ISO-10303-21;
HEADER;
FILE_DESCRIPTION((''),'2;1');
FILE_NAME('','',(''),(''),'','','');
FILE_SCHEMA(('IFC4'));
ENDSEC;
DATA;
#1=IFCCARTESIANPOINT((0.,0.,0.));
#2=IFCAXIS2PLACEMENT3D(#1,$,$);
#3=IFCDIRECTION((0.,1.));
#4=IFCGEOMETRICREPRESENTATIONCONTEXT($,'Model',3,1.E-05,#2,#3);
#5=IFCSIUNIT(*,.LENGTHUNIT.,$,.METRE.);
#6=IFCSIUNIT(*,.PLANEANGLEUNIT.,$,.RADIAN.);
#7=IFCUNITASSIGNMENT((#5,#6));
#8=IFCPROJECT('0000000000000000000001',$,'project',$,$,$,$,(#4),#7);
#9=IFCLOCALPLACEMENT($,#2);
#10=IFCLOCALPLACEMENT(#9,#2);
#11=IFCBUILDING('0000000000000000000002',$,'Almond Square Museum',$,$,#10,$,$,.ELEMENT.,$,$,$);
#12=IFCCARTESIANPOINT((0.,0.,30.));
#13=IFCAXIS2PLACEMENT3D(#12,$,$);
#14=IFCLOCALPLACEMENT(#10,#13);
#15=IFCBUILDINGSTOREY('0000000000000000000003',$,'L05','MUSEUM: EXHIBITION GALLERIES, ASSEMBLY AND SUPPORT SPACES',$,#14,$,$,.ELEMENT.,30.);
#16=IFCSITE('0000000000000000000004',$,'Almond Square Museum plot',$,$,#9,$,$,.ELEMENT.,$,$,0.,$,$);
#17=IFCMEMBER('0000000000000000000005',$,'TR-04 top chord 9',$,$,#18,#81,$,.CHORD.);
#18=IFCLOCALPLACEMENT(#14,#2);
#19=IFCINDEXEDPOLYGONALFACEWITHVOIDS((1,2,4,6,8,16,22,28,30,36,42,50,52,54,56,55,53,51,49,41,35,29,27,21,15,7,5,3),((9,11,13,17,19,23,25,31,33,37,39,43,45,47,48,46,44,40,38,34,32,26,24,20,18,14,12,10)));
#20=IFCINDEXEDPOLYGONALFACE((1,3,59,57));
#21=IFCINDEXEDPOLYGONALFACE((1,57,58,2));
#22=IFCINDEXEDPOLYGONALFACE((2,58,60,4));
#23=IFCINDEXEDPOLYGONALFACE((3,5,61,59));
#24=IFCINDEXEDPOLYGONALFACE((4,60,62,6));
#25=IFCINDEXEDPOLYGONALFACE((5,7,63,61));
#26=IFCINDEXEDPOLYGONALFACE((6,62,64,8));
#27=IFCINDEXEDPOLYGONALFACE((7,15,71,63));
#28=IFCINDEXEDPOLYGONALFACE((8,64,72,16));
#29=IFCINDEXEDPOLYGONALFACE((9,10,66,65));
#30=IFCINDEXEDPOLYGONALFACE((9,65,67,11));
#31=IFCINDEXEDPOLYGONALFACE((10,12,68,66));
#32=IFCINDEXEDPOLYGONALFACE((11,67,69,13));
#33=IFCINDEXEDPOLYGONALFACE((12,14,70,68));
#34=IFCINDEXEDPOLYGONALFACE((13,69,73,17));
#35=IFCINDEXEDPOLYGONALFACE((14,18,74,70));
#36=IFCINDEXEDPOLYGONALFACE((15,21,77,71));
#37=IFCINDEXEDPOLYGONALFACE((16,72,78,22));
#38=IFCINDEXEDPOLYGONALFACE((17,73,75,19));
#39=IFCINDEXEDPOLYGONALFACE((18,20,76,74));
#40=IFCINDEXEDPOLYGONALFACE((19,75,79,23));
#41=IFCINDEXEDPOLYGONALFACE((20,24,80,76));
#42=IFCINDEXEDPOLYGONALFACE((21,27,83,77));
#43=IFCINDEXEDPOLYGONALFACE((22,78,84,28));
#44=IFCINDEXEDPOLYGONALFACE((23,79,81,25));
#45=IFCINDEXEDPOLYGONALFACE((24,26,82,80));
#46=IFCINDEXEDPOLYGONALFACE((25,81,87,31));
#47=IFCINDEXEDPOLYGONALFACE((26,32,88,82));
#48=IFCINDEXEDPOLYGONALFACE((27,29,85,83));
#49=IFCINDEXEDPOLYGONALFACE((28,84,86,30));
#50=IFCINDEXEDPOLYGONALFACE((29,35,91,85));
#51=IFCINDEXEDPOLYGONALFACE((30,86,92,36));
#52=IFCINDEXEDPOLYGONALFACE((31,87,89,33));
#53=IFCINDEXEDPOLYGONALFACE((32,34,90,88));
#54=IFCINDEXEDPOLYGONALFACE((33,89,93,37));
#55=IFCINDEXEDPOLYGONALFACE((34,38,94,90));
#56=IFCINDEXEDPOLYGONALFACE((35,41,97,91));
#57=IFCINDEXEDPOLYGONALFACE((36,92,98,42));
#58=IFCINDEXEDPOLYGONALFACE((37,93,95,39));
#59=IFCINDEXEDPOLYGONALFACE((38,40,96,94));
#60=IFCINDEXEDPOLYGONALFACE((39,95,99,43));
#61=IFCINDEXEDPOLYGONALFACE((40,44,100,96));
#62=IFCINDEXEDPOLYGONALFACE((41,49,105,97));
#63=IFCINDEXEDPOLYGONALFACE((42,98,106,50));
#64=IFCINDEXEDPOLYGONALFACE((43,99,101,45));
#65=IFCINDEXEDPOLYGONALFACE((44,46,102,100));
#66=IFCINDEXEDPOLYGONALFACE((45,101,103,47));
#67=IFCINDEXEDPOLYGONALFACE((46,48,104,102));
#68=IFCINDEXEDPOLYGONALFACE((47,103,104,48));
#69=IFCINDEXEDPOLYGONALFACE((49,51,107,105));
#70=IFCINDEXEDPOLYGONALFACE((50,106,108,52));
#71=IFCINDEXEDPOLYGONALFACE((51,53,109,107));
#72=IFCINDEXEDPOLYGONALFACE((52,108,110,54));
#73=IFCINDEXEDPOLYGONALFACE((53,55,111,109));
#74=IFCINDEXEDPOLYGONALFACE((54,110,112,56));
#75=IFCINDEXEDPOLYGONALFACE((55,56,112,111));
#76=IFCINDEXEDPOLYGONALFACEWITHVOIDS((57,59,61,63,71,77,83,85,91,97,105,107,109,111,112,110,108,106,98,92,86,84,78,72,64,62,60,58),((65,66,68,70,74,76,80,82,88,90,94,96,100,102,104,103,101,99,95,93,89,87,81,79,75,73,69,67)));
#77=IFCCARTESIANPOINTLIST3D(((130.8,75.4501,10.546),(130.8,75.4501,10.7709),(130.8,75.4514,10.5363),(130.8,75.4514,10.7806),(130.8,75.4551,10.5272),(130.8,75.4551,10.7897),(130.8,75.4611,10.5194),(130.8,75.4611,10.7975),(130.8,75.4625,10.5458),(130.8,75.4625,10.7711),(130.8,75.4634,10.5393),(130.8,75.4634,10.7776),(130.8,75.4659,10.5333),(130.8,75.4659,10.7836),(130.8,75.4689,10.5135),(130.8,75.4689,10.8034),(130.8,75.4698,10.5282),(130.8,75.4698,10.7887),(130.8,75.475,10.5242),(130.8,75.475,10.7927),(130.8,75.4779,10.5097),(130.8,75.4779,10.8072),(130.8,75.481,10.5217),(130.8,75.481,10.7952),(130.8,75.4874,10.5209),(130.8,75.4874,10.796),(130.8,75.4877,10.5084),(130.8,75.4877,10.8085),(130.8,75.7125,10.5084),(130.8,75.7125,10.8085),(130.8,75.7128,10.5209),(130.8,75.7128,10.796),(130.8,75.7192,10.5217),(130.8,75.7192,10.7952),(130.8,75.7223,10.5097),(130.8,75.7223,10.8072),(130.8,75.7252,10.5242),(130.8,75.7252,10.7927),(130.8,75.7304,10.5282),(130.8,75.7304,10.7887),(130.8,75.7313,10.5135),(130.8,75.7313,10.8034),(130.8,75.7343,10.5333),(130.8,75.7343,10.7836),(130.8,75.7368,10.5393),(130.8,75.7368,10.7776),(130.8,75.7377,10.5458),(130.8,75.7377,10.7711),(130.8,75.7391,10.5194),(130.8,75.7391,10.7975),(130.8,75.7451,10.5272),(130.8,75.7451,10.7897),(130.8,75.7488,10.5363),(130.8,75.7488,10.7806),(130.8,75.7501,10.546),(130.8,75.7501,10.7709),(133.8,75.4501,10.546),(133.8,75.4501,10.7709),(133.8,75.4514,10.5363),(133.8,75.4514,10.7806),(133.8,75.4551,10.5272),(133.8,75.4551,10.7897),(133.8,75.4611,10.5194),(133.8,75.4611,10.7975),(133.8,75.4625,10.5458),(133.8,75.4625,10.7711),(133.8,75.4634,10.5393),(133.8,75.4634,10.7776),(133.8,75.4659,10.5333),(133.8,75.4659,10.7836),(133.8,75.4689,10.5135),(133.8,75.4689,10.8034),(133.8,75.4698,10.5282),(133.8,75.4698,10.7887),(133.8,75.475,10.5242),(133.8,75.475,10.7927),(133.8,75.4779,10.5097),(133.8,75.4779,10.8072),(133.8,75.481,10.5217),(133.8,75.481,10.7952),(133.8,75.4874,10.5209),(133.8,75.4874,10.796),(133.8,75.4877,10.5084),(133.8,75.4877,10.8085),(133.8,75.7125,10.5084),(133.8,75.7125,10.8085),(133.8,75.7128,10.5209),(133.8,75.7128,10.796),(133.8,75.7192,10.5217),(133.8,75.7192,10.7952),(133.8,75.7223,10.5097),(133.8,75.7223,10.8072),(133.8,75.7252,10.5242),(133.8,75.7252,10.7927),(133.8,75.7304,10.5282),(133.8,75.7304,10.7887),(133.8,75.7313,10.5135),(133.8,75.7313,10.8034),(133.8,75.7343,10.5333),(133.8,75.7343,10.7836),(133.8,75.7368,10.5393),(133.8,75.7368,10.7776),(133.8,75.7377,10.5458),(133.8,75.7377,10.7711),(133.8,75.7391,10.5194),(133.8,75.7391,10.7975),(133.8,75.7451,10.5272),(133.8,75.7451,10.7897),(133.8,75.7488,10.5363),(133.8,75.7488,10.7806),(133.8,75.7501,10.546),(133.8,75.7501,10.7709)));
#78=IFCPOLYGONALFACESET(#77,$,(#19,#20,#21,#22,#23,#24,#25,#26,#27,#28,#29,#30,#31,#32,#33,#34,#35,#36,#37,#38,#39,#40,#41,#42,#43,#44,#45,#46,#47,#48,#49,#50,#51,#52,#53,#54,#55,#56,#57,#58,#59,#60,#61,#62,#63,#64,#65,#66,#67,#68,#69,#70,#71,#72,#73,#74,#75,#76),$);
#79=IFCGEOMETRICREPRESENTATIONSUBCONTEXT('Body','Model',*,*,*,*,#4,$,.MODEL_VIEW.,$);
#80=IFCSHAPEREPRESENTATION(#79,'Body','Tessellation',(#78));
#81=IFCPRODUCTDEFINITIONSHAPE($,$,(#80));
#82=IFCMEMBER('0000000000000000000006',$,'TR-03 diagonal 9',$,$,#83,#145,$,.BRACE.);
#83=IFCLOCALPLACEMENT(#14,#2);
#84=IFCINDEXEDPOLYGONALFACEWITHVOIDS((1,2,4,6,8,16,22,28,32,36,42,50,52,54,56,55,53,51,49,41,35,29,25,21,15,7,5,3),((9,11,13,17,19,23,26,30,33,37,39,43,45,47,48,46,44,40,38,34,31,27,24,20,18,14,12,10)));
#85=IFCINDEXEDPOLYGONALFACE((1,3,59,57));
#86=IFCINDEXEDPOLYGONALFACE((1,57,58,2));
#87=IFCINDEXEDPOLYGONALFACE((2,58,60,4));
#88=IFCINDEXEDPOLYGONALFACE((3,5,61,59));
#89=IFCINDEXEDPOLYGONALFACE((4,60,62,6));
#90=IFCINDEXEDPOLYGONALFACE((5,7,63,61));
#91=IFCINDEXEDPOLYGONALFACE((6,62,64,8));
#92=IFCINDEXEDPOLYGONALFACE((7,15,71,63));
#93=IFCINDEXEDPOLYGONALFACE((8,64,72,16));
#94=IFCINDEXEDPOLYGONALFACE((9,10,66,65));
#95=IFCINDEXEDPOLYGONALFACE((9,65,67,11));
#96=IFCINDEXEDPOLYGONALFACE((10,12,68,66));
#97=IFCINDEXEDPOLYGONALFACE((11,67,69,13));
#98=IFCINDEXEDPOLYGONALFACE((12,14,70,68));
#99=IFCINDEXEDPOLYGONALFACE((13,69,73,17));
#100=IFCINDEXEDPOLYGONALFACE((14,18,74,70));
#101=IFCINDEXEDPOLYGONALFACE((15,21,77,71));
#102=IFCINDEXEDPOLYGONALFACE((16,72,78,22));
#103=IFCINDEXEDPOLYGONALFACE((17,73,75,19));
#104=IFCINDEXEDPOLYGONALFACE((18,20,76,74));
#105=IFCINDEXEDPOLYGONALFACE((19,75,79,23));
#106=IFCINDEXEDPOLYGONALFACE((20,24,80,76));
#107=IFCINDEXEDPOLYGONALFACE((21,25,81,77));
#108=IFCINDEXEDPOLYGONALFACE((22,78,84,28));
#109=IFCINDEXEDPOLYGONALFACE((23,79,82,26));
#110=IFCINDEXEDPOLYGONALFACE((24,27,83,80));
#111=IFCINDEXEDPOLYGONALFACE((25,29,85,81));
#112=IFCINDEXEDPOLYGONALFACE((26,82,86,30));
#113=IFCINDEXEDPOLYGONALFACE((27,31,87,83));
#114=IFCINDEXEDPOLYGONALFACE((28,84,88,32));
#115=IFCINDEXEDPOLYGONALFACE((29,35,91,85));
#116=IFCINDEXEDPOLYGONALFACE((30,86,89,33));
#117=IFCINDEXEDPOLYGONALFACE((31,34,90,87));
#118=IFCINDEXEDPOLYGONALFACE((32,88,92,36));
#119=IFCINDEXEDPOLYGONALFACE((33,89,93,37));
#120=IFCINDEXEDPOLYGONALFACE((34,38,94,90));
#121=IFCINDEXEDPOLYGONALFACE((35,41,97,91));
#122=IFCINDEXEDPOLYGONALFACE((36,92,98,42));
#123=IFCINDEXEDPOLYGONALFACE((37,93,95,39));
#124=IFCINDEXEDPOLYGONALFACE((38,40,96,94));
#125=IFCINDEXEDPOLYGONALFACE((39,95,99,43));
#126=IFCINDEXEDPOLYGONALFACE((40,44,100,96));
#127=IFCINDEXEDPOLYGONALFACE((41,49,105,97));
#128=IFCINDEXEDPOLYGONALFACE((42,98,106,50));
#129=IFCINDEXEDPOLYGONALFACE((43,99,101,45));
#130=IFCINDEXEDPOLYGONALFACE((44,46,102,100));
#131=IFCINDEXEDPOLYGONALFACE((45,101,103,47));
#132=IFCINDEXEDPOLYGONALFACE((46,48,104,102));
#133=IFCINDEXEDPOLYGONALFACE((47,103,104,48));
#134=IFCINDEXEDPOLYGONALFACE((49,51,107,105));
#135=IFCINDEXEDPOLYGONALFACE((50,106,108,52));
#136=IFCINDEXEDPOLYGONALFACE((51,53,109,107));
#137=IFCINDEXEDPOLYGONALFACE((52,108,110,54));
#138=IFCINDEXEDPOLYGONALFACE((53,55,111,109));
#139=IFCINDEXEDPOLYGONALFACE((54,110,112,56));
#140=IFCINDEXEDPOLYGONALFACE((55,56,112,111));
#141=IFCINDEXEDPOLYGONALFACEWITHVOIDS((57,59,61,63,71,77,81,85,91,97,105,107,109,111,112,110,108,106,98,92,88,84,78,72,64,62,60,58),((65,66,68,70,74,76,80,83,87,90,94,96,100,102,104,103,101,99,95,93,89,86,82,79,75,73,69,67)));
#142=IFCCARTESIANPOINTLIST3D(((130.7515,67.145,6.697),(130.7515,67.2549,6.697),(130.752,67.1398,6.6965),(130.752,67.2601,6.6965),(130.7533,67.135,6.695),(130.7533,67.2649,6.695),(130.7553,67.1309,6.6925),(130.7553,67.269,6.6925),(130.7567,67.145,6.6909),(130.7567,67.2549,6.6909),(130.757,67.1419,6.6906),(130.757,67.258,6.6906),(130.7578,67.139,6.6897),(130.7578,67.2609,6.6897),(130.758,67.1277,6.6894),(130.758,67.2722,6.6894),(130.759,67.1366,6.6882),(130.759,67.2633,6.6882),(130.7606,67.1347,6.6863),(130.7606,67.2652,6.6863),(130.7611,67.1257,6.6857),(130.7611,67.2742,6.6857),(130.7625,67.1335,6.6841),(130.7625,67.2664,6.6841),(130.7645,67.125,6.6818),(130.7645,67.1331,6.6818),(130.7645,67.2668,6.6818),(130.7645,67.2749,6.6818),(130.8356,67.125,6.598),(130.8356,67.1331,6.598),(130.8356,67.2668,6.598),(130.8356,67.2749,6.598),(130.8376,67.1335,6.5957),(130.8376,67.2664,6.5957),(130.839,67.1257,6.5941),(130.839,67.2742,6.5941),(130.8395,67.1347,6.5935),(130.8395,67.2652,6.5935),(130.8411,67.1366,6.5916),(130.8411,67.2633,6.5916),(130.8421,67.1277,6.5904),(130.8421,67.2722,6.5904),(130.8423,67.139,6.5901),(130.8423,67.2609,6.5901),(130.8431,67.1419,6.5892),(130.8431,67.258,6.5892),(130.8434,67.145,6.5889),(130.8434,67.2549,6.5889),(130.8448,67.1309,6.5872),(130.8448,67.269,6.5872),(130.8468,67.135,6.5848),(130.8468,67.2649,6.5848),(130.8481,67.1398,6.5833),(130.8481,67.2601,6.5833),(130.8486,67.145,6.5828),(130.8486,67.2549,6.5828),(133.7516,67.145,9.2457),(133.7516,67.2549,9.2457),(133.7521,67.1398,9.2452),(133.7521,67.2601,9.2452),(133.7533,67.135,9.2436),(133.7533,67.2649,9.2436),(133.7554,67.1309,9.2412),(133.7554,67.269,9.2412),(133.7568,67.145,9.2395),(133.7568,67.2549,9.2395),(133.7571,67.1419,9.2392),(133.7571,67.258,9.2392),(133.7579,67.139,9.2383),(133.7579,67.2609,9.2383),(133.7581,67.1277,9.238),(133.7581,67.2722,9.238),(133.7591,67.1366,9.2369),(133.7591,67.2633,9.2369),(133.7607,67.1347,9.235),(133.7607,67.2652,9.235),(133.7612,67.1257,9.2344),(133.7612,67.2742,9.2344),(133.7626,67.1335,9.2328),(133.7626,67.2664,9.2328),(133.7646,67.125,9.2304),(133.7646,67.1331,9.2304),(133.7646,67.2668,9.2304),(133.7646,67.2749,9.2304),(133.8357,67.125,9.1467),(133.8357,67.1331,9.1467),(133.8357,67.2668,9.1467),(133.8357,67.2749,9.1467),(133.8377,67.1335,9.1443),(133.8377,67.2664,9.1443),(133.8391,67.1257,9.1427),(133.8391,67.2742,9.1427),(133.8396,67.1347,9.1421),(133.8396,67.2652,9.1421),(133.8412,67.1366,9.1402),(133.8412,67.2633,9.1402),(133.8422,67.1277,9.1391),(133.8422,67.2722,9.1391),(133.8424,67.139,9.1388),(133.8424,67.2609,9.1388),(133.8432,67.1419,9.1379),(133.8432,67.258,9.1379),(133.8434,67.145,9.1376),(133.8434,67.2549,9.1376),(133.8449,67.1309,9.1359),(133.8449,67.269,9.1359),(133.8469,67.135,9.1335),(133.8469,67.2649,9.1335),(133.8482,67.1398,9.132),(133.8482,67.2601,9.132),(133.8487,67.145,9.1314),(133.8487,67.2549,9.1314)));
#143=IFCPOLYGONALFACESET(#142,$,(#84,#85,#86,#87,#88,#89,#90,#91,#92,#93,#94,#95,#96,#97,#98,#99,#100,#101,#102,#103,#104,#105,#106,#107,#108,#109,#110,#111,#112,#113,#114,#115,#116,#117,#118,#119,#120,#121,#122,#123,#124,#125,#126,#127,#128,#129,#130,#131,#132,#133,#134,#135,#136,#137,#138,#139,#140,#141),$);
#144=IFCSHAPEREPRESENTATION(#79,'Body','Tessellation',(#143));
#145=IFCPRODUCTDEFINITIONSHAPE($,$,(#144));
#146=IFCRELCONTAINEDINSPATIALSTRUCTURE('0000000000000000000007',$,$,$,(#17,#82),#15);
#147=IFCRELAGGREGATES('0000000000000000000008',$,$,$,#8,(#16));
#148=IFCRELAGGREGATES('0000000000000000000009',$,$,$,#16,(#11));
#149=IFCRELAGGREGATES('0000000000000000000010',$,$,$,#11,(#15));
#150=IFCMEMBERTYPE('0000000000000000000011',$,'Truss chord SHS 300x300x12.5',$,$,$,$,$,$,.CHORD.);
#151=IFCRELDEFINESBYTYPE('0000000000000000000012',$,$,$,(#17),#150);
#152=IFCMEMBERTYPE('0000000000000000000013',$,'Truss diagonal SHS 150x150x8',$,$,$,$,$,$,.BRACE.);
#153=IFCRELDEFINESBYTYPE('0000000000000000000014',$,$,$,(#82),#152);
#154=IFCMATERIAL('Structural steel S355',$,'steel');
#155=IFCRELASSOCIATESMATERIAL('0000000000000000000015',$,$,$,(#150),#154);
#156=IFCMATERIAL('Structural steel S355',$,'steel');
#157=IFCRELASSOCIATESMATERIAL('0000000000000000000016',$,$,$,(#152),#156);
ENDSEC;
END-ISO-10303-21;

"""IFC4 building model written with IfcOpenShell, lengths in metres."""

from ifc_helpers import new_model, si_unit, direction, frame, origin, origin_2d, place, context, subcontext, project, spatial, hollow_rectangle, extrude, material, material_profile, profile_set, type_object, element, save


model = new_model("IFC4")

# Units and contexts
model_context = context("Model", 3, precision=1e-05, world=origin(), true_north=direction((0.0, 1.0)))
body_context = subcontext(model_context, "Body", "Model", "MODEL_VIEW")
ifc_project = project(units=[si_unit("LENGTHUNIT", "METRE"), si_unit("PLANEANGLEUNIT", "RADIAN")], contexts=[model_context])

# Site, building, storey
site_placement = place(None, origin())
site = spatial("IfcSite", under=ifc_project, at=site_placement, Name="Almond Square Museum plot", CompositionType="ELEMENT", RefElevation=0.0)
building_placement = place(site_placement, origin())
building = spatial("IfcBuilding", under=site, at=building_placement, Name="Almond Square Museum", CompositionType="ELEMENT")
storey_placement = place(building_placement, frame((0.0, 0.0, 30.0)))
storey = spatial("IfcBuildingStorey", under=building, at=storey_placement, Name="L05", Description="MUSEUM: EXHIBITION GALLERIES, ASSEMBLY AND SUPPORT SPACES", CompositionType="ELEMENT", Elevation=30.0)

# Members
ifc_material_1 = material(Name="Structural steel S355", Category="steel")
ifc_material_profile_1 = material_profile(ifc_material_1, hollow_rectangle(XDim=0.3, YDim=0.3, WallThickness=0.0125, InnerFilletRadius=0.0249, OuterFilletRadius=0.0376, at=origin_2d()))
ifc_profile_set_1 = profile_set([ifc_material_profile_1], Name="Structural steel S355")
member_type_1 = type_object("IfcMemberType", Name="Truss chord SHS 300x300x12.5", PredefinedType="CHORD", material=ifc_profile_set_1)
for number, where, z_axis, x_axis, name in (
    (1, (130.8, 75.6001, 10.6584), (1.0, 0.0, 0.0), (0.0, 1.0, 0.0), "TR-04 top chord 9"),
):
    element("IfcMember", number, at=place(storey_placement, frame(where, z_axis=z_axis, x_axis=x_axis)), inside=storey, type_object=member_type_1, Name=name, PredefinedType="CHORD", context=body_context, shape_type="SweptSolid", body=[
        extrude(hollow_rectangle(XDim=0.3, YDim=0.3, WallThickness=0.0125, InnerFilletRadius=0.0249, OuterFilletRadius=0.0376, at=origin_2d()), origin(), (0.0, 0.0, 1.0), 3.0),
    ])
ifc_material_2 = material(Name="Structural steel S355", Category="steel")
ifc_material_profile_2 = material_profile(ifc_material_2, hollow_rectangle(XDim=0.1499, YDim=0.1499, WallThickness=0.0081, InnerFilletRadius=0.012, OuterFilletRadius=0.02, at=origin_2d()))
ifc_profile_set_2 = profile_set([ifc_material_profile_2], Name="Structural steel S355")
member_type_2 = type_object("IfcMemberType", Name="Truss diagonal SHS 150x150x8", PredefinedType="BRACE", material=ifc_profile_set_2)
member_1_placement = place(storey_placement, frame((130.8, 67.2, 6.6399), z_axis=(0.762117, 0.0, 0.64744), x_axis=(0.0, 1.0, 0.0)))
element("IfcMember", 2, at=member_1_placement, inside=storey, type_object=member_type_2, Name="TR-03 diagonal 9", PredefinedType="BRACE", context=body_context, shape_type="SweptSolid", body=[
    extrude(hollow_rectangle(XDim=0.1499, YDim=0.1499, WallThickness=0.0081, InnerFilletRadius=0.012, OuterFilletRadius=0.02, at=origin_2d()), origin(), (0.0, 0.0, 1.0), 3.9365),
])

save(model, "model.ifc")
